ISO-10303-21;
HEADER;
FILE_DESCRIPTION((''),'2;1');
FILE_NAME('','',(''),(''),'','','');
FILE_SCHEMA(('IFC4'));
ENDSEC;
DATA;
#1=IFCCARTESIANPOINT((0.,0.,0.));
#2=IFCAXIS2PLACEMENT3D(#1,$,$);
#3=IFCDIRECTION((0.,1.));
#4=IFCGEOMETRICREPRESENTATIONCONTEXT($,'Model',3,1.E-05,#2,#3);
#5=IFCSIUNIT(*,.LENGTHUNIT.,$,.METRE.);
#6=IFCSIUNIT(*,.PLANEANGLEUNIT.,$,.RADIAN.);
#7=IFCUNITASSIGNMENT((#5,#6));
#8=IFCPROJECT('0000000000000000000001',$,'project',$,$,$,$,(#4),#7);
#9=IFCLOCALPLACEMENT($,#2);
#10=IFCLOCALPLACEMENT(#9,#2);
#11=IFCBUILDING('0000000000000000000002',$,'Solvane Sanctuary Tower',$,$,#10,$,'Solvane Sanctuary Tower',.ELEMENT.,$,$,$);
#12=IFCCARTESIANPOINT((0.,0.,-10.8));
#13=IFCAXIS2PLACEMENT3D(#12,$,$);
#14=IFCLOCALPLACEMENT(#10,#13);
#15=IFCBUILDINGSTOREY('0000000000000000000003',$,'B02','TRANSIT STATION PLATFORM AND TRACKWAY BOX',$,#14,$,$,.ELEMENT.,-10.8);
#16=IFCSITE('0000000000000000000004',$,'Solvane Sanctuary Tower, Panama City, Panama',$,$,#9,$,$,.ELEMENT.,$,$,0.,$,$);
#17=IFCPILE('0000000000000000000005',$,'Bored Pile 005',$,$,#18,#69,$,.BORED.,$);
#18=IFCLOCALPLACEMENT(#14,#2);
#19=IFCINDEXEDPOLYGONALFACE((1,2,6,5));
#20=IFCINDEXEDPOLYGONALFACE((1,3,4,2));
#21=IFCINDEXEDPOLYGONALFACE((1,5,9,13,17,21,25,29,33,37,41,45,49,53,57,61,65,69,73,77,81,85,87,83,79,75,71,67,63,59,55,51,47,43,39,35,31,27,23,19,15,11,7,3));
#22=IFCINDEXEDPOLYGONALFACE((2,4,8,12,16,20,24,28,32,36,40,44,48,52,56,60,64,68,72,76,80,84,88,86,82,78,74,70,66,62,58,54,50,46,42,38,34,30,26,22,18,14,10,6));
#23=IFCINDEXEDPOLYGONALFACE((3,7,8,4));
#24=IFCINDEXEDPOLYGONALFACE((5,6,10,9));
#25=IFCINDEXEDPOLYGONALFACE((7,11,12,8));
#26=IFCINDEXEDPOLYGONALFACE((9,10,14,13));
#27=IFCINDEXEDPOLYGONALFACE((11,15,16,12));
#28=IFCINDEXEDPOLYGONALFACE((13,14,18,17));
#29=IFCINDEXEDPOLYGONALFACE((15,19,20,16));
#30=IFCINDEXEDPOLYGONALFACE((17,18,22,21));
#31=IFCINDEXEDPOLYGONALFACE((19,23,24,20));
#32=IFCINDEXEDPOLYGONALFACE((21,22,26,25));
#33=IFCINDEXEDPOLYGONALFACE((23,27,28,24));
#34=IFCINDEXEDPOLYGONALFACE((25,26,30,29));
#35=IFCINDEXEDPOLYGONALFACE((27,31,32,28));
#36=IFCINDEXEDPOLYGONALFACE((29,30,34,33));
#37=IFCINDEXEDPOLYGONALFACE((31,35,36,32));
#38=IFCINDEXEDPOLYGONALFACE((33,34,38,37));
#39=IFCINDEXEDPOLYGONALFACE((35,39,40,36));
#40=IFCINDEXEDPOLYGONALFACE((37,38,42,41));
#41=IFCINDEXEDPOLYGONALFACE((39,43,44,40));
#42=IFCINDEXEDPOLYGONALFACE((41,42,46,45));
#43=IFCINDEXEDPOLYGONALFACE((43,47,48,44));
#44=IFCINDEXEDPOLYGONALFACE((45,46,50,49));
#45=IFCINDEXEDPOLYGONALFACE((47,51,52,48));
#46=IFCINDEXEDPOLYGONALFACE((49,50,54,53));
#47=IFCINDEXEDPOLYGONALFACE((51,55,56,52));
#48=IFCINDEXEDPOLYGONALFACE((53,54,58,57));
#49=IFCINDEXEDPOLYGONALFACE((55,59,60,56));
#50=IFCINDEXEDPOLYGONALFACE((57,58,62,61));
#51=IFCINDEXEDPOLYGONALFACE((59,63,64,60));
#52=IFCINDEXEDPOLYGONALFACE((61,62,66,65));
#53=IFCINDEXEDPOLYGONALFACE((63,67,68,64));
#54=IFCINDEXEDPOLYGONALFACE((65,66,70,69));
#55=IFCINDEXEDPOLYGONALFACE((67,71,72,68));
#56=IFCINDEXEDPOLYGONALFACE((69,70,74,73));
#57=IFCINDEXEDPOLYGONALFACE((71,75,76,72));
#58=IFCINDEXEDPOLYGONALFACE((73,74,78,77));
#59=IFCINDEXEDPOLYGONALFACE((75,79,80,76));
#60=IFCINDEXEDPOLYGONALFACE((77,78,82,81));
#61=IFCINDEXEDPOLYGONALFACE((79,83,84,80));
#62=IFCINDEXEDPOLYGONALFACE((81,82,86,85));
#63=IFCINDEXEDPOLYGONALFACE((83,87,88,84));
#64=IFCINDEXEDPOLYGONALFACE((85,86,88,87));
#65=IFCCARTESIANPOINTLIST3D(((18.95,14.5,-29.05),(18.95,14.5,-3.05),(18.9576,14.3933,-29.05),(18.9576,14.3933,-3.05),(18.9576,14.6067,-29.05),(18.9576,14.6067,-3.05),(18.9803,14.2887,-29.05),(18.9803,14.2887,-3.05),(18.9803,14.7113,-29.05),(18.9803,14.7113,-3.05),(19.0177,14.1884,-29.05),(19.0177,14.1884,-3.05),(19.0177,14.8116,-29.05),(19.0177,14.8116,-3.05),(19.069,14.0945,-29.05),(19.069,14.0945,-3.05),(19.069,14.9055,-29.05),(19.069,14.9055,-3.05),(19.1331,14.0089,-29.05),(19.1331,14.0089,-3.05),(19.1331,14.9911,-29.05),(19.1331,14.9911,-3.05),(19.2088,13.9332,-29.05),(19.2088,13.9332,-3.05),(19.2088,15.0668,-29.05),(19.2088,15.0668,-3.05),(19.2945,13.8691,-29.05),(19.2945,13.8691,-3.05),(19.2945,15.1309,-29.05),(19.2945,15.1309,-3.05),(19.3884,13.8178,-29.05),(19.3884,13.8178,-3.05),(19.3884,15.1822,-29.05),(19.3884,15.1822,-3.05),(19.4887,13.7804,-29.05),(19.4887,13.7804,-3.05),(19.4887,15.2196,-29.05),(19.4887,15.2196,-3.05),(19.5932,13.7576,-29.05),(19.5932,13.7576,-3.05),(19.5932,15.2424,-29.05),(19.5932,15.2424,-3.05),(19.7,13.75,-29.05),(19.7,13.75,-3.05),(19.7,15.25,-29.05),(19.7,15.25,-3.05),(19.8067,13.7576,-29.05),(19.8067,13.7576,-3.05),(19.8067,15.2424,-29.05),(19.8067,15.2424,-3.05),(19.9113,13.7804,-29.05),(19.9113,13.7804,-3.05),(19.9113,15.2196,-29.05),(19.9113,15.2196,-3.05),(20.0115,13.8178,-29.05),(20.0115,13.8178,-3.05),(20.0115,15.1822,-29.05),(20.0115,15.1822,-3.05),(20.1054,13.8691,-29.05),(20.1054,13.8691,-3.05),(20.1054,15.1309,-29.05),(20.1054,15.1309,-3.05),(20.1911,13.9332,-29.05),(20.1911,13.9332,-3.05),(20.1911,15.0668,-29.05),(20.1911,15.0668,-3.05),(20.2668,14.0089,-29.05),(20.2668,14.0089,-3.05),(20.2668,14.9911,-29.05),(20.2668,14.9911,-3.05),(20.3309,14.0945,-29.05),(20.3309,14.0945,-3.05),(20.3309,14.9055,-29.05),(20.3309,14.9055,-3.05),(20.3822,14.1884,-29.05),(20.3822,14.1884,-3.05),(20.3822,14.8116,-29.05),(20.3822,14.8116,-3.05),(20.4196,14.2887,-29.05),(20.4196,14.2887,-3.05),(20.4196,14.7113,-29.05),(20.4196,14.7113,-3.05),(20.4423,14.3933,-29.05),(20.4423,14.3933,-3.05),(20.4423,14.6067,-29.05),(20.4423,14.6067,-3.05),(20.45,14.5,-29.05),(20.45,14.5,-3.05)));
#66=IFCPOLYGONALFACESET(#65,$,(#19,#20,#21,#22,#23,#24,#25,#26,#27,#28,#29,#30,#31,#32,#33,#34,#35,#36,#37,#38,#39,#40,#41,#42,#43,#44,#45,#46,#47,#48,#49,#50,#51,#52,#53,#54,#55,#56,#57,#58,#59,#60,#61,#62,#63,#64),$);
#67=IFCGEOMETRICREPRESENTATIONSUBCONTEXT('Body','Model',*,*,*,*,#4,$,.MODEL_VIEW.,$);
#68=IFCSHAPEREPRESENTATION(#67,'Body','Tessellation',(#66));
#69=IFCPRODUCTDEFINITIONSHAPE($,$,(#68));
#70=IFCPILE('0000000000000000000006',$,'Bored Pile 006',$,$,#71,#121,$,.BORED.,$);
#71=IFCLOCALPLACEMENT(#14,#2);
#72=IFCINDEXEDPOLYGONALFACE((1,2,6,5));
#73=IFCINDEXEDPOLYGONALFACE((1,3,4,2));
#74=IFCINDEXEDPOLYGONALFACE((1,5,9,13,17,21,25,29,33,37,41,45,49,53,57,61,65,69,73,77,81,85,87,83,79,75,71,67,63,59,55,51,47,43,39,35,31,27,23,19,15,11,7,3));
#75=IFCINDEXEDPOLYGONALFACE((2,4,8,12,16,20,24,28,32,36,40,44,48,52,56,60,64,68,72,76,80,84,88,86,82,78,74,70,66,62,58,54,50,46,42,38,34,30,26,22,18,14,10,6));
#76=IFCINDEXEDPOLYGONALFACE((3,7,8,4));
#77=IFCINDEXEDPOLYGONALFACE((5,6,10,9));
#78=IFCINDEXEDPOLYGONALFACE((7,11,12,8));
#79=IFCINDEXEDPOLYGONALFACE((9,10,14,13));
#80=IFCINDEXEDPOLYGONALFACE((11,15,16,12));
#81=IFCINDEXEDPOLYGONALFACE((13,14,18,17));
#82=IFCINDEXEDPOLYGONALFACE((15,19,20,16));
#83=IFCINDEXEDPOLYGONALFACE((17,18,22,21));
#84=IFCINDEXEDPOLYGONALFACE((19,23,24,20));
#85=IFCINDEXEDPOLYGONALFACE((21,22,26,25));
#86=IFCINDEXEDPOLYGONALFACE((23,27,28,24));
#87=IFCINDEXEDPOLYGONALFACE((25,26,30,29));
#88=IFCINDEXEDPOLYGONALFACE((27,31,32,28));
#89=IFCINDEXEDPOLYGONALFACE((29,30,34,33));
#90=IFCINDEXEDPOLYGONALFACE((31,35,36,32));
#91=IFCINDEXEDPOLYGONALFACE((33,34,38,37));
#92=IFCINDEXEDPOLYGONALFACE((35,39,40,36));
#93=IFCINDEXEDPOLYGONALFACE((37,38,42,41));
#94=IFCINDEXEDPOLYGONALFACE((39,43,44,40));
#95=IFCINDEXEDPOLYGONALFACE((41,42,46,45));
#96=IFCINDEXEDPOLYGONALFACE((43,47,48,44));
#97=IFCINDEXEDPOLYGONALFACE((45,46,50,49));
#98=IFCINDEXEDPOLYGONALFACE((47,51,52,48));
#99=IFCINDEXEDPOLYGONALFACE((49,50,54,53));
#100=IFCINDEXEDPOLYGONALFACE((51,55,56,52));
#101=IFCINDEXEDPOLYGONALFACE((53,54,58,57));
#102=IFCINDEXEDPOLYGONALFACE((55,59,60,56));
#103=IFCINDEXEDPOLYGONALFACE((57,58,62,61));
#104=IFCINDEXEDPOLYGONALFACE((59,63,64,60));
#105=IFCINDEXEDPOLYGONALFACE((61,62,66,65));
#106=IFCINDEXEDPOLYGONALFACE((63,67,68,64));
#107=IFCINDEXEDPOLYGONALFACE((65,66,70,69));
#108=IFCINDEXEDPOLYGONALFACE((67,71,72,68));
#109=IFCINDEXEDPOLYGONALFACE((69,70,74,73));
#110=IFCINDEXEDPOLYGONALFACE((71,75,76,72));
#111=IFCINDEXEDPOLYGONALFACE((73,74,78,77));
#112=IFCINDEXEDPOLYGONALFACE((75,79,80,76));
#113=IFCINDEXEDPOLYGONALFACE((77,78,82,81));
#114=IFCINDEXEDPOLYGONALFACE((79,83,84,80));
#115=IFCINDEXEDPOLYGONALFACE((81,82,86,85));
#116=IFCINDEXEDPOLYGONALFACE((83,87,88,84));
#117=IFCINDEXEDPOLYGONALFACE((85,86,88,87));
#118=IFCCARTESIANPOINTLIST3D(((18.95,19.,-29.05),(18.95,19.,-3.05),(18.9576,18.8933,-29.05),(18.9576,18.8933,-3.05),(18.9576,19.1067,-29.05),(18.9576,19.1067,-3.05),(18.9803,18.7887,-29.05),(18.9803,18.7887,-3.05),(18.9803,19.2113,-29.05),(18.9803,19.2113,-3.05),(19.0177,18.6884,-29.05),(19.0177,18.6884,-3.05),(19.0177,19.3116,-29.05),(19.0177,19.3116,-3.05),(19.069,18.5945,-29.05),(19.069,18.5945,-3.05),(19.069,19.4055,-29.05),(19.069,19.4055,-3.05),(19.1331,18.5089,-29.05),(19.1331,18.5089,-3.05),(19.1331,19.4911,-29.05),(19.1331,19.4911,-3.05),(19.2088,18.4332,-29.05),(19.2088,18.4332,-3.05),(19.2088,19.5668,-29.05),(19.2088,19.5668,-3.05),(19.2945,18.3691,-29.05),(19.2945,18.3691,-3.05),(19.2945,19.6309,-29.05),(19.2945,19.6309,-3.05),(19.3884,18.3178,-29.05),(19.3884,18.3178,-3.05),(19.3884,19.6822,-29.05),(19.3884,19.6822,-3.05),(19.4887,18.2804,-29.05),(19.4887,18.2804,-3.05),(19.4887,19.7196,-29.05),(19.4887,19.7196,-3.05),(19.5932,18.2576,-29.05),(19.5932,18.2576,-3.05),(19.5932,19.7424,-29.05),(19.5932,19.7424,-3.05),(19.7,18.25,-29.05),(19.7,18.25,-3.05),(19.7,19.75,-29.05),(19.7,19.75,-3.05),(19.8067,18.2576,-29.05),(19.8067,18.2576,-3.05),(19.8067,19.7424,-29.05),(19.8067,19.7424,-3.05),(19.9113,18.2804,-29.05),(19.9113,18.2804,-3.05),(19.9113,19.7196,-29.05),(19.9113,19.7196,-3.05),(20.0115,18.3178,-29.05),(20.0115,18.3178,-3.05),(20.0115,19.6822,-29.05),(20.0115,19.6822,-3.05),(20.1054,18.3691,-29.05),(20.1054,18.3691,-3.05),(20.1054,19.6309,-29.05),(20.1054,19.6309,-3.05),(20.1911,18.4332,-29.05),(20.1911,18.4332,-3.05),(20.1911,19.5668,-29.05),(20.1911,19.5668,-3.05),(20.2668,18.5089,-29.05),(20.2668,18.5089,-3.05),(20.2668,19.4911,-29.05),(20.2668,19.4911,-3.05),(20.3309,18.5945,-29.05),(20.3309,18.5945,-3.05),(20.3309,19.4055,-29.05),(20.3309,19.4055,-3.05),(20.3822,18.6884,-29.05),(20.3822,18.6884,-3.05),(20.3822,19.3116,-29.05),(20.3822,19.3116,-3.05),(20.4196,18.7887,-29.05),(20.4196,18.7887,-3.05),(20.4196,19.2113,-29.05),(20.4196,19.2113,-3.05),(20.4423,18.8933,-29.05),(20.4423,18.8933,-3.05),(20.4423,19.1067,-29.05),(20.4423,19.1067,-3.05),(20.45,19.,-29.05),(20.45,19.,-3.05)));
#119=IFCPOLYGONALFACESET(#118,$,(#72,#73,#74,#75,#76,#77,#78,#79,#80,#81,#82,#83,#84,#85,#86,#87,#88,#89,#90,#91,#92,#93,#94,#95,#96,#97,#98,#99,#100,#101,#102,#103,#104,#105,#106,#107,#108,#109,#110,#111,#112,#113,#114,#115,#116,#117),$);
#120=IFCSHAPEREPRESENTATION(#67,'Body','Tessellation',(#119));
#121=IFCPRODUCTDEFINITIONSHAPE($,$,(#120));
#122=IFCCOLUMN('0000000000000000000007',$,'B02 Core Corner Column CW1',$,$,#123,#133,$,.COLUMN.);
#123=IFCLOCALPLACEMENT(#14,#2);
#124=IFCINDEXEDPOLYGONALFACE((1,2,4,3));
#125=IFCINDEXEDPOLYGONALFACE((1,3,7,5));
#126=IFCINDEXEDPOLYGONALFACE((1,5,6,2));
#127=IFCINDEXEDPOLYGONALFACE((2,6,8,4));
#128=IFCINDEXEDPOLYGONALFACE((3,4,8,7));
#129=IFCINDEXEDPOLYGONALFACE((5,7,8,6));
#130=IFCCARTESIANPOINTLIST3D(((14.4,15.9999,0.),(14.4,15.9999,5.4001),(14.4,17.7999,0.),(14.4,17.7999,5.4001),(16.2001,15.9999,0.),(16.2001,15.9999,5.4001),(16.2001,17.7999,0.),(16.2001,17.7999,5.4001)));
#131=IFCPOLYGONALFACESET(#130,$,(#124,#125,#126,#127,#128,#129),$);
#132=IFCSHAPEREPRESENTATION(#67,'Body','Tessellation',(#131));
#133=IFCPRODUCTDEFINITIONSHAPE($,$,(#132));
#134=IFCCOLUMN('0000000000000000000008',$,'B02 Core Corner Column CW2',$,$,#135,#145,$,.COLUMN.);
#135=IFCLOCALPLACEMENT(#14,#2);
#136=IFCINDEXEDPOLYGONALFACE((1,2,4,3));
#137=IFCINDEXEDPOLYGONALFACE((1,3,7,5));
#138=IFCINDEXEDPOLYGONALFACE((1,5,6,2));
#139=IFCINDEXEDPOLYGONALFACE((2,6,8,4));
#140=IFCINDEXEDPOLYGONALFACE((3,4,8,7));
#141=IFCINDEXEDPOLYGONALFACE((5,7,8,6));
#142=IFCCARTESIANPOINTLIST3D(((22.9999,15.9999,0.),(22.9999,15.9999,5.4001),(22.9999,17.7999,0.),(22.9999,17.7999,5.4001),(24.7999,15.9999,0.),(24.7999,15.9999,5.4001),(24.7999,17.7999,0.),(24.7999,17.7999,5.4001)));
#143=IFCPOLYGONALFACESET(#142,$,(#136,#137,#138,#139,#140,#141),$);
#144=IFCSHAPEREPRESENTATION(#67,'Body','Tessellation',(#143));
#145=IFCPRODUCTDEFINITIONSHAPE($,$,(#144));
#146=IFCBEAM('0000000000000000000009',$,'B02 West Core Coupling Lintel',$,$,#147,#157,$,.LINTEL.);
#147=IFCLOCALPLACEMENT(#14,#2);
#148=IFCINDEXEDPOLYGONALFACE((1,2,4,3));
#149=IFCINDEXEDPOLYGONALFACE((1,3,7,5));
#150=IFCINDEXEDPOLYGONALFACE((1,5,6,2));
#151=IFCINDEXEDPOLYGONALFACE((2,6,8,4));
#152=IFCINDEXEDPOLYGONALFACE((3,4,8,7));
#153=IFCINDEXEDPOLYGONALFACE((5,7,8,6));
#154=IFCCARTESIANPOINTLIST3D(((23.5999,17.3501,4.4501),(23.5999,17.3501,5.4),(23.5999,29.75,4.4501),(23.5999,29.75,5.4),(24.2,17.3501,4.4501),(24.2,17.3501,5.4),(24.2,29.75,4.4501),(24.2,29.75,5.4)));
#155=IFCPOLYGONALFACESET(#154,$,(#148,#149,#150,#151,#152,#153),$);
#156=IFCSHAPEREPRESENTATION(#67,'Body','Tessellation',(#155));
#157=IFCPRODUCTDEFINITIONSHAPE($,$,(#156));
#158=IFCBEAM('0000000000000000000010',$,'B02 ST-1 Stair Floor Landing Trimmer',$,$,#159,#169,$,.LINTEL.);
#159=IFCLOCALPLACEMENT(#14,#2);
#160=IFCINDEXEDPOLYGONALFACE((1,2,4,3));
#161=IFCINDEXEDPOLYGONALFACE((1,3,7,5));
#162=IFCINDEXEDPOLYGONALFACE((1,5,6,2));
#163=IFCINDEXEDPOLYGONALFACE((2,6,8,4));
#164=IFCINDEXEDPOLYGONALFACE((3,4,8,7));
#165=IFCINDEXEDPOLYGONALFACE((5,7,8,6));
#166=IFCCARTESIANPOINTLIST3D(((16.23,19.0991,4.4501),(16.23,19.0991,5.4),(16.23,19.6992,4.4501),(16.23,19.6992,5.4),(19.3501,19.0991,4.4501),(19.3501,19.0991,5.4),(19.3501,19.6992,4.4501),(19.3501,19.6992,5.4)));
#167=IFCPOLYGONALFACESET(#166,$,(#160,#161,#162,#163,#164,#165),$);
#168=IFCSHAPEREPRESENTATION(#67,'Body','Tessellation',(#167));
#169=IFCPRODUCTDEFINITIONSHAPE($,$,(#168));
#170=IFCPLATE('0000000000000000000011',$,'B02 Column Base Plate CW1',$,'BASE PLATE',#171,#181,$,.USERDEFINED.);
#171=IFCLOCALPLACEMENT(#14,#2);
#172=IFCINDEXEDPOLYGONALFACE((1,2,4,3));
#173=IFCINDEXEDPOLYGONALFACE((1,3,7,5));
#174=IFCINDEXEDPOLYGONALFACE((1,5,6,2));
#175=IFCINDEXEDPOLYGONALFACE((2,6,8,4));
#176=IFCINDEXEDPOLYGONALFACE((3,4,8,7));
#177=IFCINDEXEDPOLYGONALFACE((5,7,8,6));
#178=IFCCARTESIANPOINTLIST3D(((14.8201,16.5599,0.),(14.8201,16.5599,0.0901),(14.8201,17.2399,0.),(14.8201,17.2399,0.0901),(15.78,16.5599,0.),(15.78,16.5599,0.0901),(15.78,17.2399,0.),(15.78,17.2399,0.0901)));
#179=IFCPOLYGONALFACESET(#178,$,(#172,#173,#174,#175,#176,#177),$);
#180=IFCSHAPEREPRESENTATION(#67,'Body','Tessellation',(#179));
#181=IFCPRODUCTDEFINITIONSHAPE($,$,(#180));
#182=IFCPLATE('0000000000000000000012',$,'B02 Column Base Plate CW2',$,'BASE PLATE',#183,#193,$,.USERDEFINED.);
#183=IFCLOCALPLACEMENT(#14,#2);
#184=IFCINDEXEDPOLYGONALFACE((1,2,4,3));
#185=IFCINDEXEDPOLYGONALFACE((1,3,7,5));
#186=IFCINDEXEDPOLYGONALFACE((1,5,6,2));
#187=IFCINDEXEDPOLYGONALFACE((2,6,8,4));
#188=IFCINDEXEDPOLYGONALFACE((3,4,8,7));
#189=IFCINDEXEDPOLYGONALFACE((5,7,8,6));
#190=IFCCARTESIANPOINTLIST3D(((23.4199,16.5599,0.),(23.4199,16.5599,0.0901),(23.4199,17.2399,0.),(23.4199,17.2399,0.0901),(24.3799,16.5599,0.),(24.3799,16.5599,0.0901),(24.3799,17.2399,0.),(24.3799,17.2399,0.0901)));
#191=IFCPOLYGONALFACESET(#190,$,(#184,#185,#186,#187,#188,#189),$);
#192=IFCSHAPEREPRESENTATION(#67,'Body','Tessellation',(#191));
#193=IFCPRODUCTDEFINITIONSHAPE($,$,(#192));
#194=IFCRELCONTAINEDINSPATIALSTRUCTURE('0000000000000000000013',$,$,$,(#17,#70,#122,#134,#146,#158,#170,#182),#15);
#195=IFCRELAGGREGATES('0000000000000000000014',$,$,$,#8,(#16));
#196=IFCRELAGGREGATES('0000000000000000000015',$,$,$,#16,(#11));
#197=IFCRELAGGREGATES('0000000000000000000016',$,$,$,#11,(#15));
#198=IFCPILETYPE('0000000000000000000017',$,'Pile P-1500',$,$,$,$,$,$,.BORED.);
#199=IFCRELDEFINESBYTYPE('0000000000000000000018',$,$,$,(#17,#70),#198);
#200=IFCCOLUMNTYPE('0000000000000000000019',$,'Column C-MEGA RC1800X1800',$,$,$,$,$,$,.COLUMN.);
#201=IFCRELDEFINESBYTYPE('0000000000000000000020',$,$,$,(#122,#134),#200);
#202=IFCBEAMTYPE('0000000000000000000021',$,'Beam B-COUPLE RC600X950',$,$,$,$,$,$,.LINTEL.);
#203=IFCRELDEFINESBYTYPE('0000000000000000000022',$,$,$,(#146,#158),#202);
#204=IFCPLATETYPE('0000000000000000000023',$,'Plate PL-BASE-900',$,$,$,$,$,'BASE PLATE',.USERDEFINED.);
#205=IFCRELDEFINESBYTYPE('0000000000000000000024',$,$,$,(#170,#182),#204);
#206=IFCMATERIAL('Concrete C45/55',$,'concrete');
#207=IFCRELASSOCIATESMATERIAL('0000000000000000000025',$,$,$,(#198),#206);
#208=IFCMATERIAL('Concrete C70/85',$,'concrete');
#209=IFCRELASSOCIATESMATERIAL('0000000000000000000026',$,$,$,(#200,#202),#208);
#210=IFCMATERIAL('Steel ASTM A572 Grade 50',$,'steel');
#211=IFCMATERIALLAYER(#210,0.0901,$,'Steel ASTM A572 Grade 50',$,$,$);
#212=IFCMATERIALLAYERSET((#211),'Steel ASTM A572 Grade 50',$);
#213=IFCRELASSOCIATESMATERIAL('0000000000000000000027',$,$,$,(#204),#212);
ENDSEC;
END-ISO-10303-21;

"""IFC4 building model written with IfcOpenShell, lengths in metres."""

from ifc_helpers import new_model, si_unit, direction, frame, origin, origin_2d, place, context, subcontext, project, spatial, rectangle, circle, extrude, material, layer, layer_set, material_profile, profile_set, type_object, element, save


model = new_model("IFC4")

# Units and contexts
model_context = context("Model", 3, precision=1e-05, world=origin(), true_north=direction((0.0, 1.0)))
body_context = subcontext(model_context, "Body", "Model", "MODEL_VIEW")
ifc_project = project(units=[si_unit("LENGTHUNIT", "METRE"), si_unit("PLANEANGLEUNIT", "RADIAN")], contexts=[model_context])

# Site, building, storey
site_placement = place(None, origin())
site = spatial("IfcSite", under=ifc_project, at=site_placement, Name="Solvane Sanctuary Tower, Panama City, Panama", CompositionType="ELEMENT", RefElevation=0.0)
building_placement = place(site_placement, origin())
building = spatial("IfcBuilding", under=site, at=building_placement, Name="Solvane Sanctuary Tower", LongName="Solvane Sanctuary Tower", CompositionType="ELEMENT")
storey_placement = place(building_placement, frame((0.0, 0.0, -10.8)))
storey = spatial("IfcBuildingStorey", under=building, at=storey_placement, Name="B02", Description="TRANSIT STATION PLATFORM AND TRACKWAY BOX", CompositionType="ELEMENT", Elevation=-10.8)

# Piles
ifc_material_1 = material(Name="Concrete C45/55", Category="concrete")
ifc_material_profile_1 = material_profile(ifc_material_1, circle(Radius=0.75, at=origin_2d()), Name="PILE1500")
ifc_profile_set_1 = profile_set([ifc_material_profile_1], Name="Concrete C45/55")
pile_type_1 = type_object("IfcPileType", Name="Pile P-1500", PredefinedType="BORED", material=ifc_profile_set_1)
for number, where, z_axis, x_axis, name in (
    (1, (19.7, 14.5, -3.05), (0.0, 0.0, -1.0), (1.0, 0.0, 0.0), "Bored Pile 005"),
    (2, (19.7, 19.0, -3.05), (0.0, 0.0, -1.0), (1.0, 0.0, 0.0), "Bored Pile 006"),
):
    element("IfcPile", number, at=place(storey_placement, frame(where, z_axis=z_axis, x_axis=x_axis)), inside=storey, type_object=pile_type_1, Name=name, PredefinedType="BORED", context=body_context, shape_type="SweptSolid", body=[
        extrude(circle(Radius=0.75, at=origin_2d()), origin(), (0.0, 0.0, 1.0), 26.0),
    ])

# Columns
ifc_material_2 = material(Name="Concrete C70/85", Category="concrete")
ifc_material_profile_2 = material_profile(ifc_material_2, rectangle(XDim=1.8, YDim=1.8, at=origin_2d()), Name="RC1800X1800")
ifc_profile_set_2 = profile_set([ifc_material_profile_2], Name="Concrete C70/85")
column_type = type_object("IfcColumnType", Name="Column C-MEGA RC1800X1800", PredefinedType="COLUMN", material=ifc_profile_set_2)
for number, where, z_axis, x_axis, name in (
    (3, (15.3, 16.8999, 0.0), (0.0, 0.0, 1.0), (1.0, 0.0, 0.0), "B02 Core Corner Column CW1"),
    (4, (23.8999, 16.8999, 0.0), (0.0, 0.0, 1.0), (1.0, 0.0, 0.0), "B02 Core Corner Column CW2"),
):
    element("IfcColumn", number, at=place(storey_placement, frame(where, z_axis=z_axis, x_axis=x_axis)), inside=storey, type_object=column_type, Name=name, PredefinedType="COLUMN", context=body_context, shape_type="SweptSolid", body=[
        extrude(rectangle(XDim=1.8, YDim=1.8, at=origin_2d()), origin(), (0.0, 0.0, 1.0), 5.4001),
    ])

# Beams
ifc_material_profile_3 = material_profile(ifc_material_2, rectangle(XDim=0.6001, YDim=0.95, at=origin_2d()), Name="RC600X950")
ifc_profile_set_3 = profile_set([ifc_material_profile_3], Name="Concrete C70/85")
beam_type = type_object("IfcBeamType", Name="Beam B-COUPLE RC600X950", PredefinedType="LINTEL", material=ifc_profile_set_3)
beam_1_placement = place(storey_placement, frame((23.8999, 17.3501, 4.925), z_axis=(0.0, 1.0, 0.0), x_axis=(-1.0, 0.0, 0.0)))
element("IfcBeam", 5, at=beam_1_placement, inside=storey, type_object=beam_type, Name="B02 West Core Coupling Lintel", PredefinedType="LINTEL", context=body_context, shape_type="SweptSolid", body=[
    extrude(rectangle(XDim=0.6001, YDim=0.95, at=origin_2d()), origin(), (0.0, 0.0, 1.0), 12.3999),
])
beam_2_placement = place(storey_placement, frame((16.23, 19.3992, 4.925), z_axis=(1.0, 0.0, 0.0), x_axis=(0.0, 1.0, 0.0)))
element("IfcBeam", 6, at=beam_2_placement, inside=storey, type_object=beam_type, Name="B02 ST-1 Stair Floor Landing Trimmer", PredefinedType="LINTEL", context=body_context, shape_type="SweptSolid", body=[
    extrude(rectangle(XDim=0.6001, YDim=0.95, at=origin_2d()), origin(), (0.0, 0.0, 1.0), 3.1201),
])

# Plates
ifc_material_3 = material(Name="Steel ASTM A572 Grade 50", Category="steel")
ifc_layer_1 = layer(ifc_material_3, 0.0901, Name="Steel ASTM A572 Grade 50")
ifc_layer_set_1 = layer_set([ifc_layer_1], Name="Steel ASTM A572 Grade 50")
plate_type = type_object("IfcPlateType", Name="Plate PL-BASE-900", ElementType="BASE PLATE", PredefinedType="USERDEFINED", material=ifc_layer_set_1)
for number, where, z_axis, x_axis, name in (
    (7, (15.3, 16.8999, 0.0), (0.0, 0.0, 1.0), (1.0, 0.0, 0.0), "B02 Column Base Plate CW1"),
    (8, (23.8999, 16.8999, 0.0), (0.0, 0.0, 1.0), (1.0, 0.0, 0.0), "B02 Column Base Plate CW2"),
):
    element("IfcPlate", number, at=place(storey_placement, frame(where, z_axis=z_axis, x_axis=x_axis)), inside=storey, type_object=plate_type, Name=name, ObjectType="BASE PLATE", PredefinedType="USERDEFINED", context=body_context, shape_type="SweptSolid", body=[
        extrude(rectangle(XDim=0.96, YDim=0.6799, at=origin_2d()), origin(), (0.0, 0.0, 1.0), 0.0901),
    ])

save(model, "model.ifc")
